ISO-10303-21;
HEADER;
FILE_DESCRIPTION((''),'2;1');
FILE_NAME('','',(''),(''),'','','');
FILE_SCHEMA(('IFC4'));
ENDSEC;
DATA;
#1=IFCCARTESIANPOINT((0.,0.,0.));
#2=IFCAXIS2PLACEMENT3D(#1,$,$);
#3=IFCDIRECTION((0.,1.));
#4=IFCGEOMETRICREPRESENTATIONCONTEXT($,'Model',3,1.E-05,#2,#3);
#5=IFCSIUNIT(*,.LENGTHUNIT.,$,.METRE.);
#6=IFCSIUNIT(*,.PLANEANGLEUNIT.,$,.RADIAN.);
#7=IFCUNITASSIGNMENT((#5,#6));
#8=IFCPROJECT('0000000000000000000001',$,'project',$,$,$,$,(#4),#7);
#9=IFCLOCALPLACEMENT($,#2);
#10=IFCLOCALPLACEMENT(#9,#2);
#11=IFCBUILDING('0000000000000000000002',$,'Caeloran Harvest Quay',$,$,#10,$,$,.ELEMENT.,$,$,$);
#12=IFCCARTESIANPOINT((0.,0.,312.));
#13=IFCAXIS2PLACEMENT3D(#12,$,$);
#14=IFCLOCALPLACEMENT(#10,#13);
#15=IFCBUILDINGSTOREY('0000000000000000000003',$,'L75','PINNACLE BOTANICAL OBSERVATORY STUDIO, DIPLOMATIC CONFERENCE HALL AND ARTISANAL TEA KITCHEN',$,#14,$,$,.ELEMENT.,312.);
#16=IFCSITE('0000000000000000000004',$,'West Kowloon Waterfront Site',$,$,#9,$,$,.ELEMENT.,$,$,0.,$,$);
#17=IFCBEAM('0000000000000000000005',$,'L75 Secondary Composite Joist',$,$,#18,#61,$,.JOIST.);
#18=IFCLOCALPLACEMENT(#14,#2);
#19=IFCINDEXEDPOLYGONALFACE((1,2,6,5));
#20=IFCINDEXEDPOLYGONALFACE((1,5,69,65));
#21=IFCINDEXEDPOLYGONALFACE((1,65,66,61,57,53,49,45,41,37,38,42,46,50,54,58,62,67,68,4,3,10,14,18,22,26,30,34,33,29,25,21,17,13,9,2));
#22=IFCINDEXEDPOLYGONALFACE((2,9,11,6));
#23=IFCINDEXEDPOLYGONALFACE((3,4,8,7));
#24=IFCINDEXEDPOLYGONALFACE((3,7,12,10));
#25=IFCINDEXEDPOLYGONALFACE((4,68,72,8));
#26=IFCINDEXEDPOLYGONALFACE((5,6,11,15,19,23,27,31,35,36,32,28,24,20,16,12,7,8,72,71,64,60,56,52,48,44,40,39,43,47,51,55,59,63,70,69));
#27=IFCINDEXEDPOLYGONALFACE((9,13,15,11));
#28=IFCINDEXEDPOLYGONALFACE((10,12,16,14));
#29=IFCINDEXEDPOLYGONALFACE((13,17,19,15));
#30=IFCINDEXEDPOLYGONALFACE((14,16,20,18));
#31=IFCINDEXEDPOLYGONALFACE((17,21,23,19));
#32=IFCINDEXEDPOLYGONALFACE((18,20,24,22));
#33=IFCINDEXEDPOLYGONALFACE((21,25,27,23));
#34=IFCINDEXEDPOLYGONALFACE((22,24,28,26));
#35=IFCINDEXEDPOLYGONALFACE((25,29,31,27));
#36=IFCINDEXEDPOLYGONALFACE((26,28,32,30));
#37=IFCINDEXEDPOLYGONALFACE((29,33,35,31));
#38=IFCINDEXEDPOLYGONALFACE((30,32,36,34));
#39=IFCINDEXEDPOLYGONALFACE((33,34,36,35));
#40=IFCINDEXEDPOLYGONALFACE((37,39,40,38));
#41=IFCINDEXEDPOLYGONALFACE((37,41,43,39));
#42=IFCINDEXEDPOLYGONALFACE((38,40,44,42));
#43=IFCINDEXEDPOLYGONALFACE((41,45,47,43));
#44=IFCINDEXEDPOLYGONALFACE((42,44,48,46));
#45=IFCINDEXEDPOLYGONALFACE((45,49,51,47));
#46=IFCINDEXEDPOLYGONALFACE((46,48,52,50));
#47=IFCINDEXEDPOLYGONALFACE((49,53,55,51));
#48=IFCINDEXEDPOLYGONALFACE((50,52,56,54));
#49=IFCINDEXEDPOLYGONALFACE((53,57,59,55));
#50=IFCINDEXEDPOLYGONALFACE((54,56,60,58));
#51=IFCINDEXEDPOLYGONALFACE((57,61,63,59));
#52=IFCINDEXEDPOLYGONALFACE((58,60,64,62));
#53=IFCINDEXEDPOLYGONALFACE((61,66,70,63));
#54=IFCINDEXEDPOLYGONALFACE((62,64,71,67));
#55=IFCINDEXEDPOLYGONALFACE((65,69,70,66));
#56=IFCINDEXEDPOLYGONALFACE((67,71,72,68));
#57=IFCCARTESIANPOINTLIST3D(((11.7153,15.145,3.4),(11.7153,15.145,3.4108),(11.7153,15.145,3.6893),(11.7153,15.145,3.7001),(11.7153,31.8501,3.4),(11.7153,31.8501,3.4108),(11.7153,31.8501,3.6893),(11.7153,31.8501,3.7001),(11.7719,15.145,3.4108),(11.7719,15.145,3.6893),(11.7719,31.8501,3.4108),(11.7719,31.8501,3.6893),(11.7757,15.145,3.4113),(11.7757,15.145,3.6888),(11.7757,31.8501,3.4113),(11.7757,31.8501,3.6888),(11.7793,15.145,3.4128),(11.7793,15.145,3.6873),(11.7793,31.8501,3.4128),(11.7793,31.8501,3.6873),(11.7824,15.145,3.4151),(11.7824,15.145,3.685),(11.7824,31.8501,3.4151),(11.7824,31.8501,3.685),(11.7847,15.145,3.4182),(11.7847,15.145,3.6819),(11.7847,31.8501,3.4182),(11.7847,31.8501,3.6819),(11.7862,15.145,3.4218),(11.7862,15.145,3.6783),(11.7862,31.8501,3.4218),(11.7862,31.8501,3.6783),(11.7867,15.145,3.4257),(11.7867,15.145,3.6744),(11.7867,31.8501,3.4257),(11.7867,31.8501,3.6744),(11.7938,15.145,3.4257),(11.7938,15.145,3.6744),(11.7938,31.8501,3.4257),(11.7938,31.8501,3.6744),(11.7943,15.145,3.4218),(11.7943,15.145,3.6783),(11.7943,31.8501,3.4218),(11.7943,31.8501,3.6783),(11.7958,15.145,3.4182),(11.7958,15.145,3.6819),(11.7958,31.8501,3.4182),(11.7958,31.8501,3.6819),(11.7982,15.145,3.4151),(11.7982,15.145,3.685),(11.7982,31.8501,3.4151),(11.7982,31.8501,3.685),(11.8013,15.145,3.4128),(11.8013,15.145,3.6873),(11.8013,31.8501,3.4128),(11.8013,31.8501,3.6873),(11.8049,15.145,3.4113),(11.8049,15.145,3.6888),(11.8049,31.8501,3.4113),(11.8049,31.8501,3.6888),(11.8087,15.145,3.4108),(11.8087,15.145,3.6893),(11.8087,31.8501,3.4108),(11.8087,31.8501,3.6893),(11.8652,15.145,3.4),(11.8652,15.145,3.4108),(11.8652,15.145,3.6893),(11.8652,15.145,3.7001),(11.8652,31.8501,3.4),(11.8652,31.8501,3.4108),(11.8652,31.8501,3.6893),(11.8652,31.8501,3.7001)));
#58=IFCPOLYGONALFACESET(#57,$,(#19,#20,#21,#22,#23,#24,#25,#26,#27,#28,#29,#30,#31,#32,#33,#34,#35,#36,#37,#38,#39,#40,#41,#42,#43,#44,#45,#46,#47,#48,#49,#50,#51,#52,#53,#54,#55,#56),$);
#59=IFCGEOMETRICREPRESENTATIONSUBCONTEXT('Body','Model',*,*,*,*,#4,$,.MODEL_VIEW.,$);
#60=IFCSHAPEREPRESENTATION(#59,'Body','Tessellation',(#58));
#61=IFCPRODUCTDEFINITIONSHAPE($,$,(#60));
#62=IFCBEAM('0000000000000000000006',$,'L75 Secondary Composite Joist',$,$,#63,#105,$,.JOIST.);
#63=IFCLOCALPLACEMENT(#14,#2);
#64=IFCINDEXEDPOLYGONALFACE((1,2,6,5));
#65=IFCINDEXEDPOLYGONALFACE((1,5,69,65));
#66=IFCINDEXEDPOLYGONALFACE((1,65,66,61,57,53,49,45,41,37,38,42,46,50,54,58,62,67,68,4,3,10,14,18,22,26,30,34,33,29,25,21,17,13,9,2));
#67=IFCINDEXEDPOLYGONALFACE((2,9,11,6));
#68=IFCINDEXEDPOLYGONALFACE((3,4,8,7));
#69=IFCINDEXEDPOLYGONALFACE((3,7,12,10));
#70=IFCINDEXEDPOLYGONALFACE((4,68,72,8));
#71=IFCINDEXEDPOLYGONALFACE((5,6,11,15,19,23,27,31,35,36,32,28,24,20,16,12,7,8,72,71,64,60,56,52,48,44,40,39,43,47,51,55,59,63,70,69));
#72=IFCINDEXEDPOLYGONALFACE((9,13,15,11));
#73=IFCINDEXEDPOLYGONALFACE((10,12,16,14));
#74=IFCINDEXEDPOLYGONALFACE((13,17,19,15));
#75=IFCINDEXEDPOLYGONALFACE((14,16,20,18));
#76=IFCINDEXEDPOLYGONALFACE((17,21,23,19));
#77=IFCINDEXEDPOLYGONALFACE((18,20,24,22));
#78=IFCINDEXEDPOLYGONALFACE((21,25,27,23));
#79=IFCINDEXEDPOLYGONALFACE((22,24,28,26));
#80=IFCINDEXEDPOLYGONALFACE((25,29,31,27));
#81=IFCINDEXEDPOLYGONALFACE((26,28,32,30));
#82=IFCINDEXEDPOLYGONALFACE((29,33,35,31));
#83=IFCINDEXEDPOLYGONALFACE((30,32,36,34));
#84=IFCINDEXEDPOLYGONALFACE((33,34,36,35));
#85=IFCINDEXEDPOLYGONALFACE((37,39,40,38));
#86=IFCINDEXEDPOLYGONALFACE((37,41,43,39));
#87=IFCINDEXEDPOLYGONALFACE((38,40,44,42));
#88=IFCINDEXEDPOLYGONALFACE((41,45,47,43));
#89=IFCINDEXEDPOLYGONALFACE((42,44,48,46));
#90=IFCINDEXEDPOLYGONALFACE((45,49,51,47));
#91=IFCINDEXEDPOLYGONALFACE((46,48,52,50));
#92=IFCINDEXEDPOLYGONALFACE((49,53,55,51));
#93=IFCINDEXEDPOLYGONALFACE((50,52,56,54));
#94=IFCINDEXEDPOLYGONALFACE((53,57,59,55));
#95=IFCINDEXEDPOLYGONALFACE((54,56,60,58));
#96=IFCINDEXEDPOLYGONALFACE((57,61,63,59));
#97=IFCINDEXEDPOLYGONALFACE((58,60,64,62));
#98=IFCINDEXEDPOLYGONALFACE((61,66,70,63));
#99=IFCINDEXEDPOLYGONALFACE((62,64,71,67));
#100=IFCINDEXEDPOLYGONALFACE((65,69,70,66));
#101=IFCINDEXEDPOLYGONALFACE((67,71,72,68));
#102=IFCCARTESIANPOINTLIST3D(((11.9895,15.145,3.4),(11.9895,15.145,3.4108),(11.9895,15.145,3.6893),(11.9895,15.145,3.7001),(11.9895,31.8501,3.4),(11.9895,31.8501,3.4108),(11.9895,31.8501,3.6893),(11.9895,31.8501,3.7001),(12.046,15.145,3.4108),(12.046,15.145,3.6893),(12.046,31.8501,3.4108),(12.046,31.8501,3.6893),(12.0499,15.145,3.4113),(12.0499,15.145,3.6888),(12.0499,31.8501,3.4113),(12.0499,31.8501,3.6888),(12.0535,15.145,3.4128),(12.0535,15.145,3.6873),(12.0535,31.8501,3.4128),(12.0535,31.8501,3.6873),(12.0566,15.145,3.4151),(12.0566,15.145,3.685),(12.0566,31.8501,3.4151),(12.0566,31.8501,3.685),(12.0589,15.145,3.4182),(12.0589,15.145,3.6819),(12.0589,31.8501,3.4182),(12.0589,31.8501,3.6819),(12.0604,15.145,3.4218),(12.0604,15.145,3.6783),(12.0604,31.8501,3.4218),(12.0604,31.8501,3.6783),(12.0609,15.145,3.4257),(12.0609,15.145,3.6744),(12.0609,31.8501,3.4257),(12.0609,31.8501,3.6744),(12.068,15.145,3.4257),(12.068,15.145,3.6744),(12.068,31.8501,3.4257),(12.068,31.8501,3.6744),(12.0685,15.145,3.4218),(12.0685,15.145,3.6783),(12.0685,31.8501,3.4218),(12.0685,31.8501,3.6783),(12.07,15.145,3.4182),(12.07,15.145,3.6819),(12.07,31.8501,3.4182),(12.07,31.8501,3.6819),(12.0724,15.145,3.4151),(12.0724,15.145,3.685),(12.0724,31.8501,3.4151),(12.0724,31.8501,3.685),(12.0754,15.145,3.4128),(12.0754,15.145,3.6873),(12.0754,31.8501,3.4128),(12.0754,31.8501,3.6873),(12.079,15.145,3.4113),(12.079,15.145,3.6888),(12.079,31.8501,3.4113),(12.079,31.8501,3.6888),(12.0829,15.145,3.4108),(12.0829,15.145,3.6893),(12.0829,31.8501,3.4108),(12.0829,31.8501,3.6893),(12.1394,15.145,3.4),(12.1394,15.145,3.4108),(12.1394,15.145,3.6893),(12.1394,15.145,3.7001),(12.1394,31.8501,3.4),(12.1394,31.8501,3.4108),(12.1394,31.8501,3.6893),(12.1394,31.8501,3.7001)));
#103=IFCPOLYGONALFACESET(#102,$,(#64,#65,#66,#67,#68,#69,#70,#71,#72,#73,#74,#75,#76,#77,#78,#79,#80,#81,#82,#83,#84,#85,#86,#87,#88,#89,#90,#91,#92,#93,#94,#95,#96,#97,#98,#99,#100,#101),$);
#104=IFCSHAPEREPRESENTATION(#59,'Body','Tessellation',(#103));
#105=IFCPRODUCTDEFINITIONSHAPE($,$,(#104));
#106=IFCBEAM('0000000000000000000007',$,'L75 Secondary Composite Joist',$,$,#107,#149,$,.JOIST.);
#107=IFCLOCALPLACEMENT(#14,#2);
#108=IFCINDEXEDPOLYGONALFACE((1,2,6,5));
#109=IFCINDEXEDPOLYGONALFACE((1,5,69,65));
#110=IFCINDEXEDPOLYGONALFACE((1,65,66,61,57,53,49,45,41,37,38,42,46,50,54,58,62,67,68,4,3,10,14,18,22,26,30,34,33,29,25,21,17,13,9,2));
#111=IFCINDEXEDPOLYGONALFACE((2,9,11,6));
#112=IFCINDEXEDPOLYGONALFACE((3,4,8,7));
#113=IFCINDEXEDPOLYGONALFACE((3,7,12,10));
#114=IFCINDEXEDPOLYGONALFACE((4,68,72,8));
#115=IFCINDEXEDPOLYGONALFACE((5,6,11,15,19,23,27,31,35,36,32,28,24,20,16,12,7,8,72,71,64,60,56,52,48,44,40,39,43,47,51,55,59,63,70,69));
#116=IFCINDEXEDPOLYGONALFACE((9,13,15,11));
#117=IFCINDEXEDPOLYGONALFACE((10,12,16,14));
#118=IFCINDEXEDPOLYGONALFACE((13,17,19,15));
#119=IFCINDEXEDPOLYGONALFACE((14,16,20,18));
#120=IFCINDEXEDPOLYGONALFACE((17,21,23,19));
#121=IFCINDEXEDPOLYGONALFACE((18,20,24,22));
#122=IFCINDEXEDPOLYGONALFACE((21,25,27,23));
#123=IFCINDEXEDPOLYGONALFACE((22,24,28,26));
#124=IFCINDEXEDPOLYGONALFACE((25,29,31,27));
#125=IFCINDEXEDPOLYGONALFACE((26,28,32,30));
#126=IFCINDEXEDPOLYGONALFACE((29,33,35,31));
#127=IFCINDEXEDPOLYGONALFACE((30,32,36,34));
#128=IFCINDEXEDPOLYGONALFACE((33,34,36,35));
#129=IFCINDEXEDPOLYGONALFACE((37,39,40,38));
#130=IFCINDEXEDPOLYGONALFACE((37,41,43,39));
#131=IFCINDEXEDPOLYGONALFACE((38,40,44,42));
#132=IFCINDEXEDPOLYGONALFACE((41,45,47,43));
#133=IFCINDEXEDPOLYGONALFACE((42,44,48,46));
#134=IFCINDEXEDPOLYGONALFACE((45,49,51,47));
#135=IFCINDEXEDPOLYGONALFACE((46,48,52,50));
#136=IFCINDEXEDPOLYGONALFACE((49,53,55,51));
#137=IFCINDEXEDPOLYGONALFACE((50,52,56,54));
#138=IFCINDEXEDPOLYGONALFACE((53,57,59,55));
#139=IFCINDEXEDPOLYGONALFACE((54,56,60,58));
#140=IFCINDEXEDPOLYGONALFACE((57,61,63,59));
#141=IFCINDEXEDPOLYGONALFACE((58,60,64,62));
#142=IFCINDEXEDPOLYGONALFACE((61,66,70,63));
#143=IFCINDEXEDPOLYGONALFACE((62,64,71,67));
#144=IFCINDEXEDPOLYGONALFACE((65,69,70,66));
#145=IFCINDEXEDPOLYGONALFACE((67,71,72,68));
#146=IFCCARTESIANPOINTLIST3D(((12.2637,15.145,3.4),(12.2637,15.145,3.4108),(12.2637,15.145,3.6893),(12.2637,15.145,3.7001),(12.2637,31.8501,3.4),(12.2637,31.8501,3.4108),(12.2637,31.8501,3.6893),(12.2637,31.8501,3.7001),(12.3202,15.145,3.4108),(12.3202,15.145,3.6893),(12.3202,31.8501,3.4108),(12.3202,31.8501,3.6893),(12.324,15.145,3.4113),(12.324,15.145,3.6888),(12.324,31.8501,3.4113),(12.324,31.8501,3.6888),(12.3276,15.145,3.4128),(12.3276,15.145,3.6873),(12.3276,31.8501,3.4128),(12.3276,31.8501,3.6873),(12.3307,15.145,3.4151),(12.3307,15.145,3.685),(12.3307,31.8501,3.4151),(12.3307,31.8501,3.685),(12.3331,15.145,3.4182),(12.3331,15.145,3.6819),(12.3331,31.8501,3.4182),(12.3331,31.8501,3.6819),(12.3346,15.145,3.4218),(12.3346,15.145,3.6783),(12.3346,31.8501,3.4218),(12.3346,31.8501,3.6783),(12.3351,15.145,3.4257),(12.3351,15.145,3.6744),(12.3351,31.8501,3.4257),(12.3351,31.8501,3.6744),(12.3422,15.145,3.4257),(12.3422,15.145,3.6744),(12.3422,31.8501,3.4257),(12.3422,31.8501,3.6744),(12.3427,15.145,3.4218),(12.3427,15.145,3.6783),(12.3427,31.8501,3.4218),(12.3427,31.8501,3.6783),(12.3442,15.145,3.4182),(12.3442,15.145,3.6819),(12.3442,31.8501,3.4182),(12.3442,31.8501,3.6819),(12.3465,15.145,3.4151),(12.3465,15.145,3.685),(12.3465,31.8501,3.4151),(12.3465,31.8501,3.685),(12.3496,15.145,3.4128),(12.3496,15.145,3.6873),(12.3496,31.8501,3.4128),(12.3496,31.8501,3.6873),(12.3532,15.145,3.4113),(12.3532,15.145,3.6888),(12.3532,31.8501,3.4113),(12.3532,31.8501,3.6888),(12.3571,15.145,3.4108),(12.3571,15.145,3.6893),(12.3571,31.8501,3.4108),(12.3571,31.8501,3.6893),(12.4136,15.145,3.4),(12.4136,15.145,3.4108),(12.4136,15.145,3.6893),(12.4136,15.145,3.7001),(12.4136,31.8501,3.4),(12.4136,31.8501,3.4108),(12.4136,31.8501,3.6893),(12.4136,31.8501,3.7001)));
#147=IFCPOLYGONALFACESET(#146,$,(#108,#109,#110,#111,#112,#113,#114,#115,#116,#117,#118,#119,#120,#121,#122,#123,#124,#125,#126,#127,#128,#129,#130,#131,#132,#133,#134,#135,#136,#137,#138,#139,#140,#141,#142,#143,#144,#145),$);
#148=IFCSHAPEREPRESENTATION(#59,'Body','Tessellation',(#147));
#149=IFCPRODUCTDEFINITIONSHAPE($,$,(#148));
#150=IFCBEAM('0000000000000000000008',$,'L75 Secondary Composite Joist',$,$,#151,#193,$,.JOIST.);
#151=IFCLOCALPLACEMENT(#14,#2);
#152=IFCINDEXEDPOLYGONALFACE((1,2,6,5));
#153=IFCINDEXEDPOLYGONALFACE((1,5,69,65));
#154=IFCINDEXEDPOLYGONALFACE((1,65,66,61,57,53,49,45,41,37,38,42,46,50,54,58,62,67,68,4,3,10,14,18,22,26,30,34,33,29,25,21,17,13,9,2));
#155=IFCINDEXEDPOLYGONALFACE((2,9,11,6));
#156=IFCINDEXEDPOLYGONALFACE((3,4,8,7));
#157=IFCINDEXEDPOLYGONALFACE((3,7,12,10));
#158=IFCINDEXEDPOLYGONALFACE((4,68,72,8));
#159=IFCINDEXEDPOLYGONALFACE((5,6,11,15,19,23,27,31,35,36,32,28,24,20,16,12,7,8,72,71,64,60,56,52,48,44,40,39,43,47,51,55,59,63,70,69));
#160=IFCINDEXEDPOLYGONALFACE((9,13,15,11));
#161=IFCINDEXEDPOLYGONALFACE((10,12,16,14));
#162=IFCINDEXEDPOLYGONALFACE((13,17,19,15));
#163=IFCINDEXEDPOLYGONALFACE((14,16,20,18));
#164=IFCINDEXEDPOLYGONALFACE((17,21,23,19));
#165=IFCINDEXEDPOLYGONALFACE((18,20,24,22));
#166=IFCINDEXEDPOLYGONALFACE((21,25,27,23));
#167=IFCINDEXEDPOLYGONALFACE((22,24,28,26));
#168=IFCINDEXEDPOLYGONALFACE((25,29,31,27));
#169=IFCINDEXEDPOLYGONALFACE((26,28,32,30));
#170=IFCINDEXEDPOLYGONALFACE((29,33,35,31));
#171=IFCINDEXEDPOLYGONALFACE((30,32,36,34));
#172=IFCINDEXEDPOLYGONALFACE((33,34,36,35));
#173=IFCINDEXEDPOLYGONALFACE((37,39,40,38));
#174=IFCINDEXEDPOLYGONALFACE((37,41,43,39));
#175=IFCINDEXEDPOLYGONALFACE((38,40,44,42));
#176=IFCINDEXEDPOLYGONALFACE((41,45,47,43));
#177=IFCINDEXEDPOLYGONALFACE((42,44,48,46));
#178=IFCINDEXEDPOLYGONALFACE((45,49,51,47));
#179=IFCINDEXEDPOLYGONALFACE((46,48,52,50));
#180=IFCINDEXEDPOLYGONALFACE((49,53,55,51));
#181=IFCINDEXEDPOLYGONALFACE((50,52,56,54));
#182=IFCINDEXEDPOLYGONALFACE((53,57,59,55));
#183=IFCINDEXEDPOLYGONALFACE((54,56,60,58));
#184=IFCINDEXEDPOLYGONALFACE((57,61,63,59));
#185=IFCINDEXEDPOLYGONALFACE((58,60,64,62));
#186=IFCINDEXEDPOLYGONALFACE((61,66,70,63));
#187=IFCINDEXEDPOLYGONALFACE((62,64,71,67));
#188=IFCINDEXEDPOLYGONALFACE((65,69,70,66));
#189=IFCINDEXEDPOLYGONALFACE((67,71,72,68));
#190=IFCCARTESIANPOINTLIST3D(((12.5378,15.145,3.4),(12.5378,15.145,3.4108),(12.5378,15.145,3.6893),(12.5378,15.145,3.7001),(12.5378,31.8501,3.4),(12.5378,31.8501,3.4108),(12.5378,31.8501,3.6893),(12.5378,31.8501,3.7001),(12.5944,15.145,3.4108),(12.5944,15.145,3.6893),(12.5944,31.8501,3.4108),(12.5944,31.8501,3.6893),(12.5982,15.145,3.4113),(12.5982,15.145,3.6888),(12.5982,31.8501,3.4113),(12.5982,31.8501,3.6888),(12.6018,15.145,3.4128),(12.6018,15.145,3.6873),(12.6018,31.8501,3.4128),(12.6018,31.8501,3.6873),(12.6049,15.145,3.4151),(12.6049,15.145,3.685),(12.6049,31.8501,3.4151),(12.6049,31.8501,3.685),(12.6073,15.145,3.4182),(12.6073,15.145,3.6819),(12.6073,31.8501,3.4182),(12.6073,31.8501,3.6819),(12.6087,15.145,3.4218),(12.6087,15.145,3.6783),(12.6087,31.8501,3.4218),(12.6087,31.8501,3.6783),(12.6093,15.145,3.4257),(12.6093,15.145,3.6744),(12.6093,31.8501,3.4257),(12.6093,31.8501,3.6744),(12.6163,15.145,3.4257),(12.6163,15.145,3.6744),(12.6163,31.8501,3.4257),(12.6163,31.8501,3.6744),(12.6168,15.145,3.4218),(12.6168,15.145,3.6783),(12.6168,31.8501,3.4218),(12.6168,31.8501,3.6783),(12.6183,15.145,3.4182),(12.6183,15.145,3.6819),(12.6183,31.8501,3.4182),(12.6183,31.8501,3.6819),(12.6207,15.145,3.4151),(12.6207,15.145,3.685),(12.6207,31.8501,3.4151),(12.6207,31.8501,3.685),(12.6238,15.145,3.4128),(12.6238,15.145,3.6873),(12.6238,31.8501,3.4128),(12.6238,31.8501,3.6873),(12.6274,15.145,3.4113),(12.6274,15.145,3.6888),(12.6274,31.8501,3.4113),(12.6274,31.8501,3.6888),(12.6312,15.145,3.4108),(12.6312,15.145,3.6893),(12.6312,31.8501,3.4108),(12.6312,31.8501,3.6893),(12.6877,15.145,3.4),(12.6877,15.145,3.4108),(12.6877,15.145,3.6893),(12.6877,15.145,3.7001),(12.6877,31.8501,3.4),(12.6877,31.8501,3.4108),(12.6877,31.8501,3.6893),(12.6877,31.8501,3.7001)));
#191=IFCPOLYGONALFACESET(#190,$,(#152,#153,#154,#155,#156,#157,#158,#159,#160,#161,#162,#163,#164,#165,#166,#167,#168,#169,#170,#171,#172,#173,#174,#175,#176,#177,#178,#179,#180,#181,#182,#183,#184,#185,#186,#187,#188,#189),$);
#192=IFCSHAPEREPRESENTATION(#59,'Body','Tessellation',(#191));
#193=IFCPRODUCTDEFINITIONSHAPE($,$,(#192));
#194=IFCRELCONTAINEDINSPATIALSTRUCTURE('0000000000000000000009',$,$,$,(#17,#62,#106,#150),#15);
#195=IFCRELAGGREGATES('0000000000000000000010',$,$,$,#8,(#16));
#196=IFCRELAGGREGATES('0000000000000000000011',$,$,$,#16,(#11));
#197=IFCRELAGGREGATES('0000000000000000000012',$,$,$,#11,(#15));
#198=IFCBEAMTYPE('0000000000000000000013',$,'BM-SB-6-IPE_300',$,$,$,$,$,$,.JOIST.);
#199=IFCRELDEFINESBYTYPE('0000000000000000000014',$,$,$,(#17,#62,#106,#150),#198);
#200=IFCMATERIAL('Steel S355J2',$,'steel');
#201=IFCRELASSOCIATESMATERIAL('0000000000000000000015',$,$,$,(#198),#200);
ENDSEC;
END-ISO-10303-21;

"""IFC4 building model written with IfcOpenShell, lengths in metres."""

from ifc_helpers import new_model, si_unit, direction, frame, origin, origin_2d, place, context, subcontext, project, spatial, i_section, extrude, material, material_profile, profile_set, type_object, element, save


model = new_model("IFC4")

# Units and contexts
model_context = context("Model", 3, precision=1e-05, world=origin(), true_north=direction((0.0, 1.0)))
body_context = subcontext(model_context, "Body", "Model", "MODEL_VIEW")
ifc_project = project(units=[si_unit("LENGTHUNIT", "METRE"), si_unit("PLANEANGLEUNIT", "RADIAN")], contexts=[model_context])

# Site, building, storey
site_placement = place(None, origin())
site = spatial("IfcSite", under=ifc_project, at=site_placement, Name="West Kowloon Waterfront Site", CompositionType="ELEMENT", RefElevation=0.0)
building_placement = place(site_placement, origin())
building = spatial("IfcBuilding", under=site, at=building_placement, Name="Caeloran Harvest Quay", CompositionType="ELEMENT")
storey_placement = place(building_placement, frame((0.0, 0.0, 312.0)))
storey = spatial("IfcBuildingStorey", under=building, at=storey_placement, Name="L75", Description="PINNACLE BOTANICAL OBSERVATORY STUDIO, DIPLOMATIC CONFERENCE HALL AND ARTISANAL TEA KITCHEN", CompositionType="ELEMENT", Elevation=312.0)

# Beams
ifc_material_1 = material(Name="Steel S355J2", Category="steel")
ifc_material_profile_1 = material_profile(ifc_material_1, i_section(OverallWidth=0.1499, OverallDepth=0.3, WebThickness=0.0071, FlangeThickness=0.0107, FilletRadius=0.0149, at=origin_2d()), Name="IPE 300")
ifc_profile_set_1 = profile_set([ifc_material_profile_1], Name="Steel S355J2")
beam_type_1 = type_object("IfcBeamType", Name="BM-SB-6-IPE_300", PredefinedType="JOIST", material=ifc_profile_set_1)
for number, where, z_axis, x_axis, name in (
    (1, (11.7903, 15.145, 3.55), (0.0, 1.0, 0.0), (-1.0, 0.0, 0.0), "L75 Secondary Composite Joist"),
    (2, (12.0645, 15.145, 3.55), (0.0, 1.0, 0.0), (-1.0, 0.0, 0.0), "L75 Secondary Composite Joist"),
    (3, (12.3386, 15.145, 3.55), (0.0, 1.0, 0.0), (-1.0, 0.0, 0.0), "L75 Secondary Composite Joist"),
    (4, (12.6128, 15.145, 3.55), (0.0, 1.0, 0.0), (-1.0, 0.0, 0.0), "L75 Secondary Composite Joist"),
):
    element("IfcBeam", number, at=place(storey_placement, frame(where, z_axis=z_axis, x_axis=x_axis)), inside=storey, type_object=beam_type_1, Name=name, PredefinedType="JOIST", context=body_context, shape_type="SweptSolid", body=[
        extrude(i_section(OverallWidth=0.1499, OverallDepth=0.3, WebThickness=0.0071, FlangeThickness=0.0107, FilletRadius=0.0149, at=origin_2d()), origin(), (0.0, 0.0, 1.0), 16.7051),
    ])

save(model, "model.ifc")
